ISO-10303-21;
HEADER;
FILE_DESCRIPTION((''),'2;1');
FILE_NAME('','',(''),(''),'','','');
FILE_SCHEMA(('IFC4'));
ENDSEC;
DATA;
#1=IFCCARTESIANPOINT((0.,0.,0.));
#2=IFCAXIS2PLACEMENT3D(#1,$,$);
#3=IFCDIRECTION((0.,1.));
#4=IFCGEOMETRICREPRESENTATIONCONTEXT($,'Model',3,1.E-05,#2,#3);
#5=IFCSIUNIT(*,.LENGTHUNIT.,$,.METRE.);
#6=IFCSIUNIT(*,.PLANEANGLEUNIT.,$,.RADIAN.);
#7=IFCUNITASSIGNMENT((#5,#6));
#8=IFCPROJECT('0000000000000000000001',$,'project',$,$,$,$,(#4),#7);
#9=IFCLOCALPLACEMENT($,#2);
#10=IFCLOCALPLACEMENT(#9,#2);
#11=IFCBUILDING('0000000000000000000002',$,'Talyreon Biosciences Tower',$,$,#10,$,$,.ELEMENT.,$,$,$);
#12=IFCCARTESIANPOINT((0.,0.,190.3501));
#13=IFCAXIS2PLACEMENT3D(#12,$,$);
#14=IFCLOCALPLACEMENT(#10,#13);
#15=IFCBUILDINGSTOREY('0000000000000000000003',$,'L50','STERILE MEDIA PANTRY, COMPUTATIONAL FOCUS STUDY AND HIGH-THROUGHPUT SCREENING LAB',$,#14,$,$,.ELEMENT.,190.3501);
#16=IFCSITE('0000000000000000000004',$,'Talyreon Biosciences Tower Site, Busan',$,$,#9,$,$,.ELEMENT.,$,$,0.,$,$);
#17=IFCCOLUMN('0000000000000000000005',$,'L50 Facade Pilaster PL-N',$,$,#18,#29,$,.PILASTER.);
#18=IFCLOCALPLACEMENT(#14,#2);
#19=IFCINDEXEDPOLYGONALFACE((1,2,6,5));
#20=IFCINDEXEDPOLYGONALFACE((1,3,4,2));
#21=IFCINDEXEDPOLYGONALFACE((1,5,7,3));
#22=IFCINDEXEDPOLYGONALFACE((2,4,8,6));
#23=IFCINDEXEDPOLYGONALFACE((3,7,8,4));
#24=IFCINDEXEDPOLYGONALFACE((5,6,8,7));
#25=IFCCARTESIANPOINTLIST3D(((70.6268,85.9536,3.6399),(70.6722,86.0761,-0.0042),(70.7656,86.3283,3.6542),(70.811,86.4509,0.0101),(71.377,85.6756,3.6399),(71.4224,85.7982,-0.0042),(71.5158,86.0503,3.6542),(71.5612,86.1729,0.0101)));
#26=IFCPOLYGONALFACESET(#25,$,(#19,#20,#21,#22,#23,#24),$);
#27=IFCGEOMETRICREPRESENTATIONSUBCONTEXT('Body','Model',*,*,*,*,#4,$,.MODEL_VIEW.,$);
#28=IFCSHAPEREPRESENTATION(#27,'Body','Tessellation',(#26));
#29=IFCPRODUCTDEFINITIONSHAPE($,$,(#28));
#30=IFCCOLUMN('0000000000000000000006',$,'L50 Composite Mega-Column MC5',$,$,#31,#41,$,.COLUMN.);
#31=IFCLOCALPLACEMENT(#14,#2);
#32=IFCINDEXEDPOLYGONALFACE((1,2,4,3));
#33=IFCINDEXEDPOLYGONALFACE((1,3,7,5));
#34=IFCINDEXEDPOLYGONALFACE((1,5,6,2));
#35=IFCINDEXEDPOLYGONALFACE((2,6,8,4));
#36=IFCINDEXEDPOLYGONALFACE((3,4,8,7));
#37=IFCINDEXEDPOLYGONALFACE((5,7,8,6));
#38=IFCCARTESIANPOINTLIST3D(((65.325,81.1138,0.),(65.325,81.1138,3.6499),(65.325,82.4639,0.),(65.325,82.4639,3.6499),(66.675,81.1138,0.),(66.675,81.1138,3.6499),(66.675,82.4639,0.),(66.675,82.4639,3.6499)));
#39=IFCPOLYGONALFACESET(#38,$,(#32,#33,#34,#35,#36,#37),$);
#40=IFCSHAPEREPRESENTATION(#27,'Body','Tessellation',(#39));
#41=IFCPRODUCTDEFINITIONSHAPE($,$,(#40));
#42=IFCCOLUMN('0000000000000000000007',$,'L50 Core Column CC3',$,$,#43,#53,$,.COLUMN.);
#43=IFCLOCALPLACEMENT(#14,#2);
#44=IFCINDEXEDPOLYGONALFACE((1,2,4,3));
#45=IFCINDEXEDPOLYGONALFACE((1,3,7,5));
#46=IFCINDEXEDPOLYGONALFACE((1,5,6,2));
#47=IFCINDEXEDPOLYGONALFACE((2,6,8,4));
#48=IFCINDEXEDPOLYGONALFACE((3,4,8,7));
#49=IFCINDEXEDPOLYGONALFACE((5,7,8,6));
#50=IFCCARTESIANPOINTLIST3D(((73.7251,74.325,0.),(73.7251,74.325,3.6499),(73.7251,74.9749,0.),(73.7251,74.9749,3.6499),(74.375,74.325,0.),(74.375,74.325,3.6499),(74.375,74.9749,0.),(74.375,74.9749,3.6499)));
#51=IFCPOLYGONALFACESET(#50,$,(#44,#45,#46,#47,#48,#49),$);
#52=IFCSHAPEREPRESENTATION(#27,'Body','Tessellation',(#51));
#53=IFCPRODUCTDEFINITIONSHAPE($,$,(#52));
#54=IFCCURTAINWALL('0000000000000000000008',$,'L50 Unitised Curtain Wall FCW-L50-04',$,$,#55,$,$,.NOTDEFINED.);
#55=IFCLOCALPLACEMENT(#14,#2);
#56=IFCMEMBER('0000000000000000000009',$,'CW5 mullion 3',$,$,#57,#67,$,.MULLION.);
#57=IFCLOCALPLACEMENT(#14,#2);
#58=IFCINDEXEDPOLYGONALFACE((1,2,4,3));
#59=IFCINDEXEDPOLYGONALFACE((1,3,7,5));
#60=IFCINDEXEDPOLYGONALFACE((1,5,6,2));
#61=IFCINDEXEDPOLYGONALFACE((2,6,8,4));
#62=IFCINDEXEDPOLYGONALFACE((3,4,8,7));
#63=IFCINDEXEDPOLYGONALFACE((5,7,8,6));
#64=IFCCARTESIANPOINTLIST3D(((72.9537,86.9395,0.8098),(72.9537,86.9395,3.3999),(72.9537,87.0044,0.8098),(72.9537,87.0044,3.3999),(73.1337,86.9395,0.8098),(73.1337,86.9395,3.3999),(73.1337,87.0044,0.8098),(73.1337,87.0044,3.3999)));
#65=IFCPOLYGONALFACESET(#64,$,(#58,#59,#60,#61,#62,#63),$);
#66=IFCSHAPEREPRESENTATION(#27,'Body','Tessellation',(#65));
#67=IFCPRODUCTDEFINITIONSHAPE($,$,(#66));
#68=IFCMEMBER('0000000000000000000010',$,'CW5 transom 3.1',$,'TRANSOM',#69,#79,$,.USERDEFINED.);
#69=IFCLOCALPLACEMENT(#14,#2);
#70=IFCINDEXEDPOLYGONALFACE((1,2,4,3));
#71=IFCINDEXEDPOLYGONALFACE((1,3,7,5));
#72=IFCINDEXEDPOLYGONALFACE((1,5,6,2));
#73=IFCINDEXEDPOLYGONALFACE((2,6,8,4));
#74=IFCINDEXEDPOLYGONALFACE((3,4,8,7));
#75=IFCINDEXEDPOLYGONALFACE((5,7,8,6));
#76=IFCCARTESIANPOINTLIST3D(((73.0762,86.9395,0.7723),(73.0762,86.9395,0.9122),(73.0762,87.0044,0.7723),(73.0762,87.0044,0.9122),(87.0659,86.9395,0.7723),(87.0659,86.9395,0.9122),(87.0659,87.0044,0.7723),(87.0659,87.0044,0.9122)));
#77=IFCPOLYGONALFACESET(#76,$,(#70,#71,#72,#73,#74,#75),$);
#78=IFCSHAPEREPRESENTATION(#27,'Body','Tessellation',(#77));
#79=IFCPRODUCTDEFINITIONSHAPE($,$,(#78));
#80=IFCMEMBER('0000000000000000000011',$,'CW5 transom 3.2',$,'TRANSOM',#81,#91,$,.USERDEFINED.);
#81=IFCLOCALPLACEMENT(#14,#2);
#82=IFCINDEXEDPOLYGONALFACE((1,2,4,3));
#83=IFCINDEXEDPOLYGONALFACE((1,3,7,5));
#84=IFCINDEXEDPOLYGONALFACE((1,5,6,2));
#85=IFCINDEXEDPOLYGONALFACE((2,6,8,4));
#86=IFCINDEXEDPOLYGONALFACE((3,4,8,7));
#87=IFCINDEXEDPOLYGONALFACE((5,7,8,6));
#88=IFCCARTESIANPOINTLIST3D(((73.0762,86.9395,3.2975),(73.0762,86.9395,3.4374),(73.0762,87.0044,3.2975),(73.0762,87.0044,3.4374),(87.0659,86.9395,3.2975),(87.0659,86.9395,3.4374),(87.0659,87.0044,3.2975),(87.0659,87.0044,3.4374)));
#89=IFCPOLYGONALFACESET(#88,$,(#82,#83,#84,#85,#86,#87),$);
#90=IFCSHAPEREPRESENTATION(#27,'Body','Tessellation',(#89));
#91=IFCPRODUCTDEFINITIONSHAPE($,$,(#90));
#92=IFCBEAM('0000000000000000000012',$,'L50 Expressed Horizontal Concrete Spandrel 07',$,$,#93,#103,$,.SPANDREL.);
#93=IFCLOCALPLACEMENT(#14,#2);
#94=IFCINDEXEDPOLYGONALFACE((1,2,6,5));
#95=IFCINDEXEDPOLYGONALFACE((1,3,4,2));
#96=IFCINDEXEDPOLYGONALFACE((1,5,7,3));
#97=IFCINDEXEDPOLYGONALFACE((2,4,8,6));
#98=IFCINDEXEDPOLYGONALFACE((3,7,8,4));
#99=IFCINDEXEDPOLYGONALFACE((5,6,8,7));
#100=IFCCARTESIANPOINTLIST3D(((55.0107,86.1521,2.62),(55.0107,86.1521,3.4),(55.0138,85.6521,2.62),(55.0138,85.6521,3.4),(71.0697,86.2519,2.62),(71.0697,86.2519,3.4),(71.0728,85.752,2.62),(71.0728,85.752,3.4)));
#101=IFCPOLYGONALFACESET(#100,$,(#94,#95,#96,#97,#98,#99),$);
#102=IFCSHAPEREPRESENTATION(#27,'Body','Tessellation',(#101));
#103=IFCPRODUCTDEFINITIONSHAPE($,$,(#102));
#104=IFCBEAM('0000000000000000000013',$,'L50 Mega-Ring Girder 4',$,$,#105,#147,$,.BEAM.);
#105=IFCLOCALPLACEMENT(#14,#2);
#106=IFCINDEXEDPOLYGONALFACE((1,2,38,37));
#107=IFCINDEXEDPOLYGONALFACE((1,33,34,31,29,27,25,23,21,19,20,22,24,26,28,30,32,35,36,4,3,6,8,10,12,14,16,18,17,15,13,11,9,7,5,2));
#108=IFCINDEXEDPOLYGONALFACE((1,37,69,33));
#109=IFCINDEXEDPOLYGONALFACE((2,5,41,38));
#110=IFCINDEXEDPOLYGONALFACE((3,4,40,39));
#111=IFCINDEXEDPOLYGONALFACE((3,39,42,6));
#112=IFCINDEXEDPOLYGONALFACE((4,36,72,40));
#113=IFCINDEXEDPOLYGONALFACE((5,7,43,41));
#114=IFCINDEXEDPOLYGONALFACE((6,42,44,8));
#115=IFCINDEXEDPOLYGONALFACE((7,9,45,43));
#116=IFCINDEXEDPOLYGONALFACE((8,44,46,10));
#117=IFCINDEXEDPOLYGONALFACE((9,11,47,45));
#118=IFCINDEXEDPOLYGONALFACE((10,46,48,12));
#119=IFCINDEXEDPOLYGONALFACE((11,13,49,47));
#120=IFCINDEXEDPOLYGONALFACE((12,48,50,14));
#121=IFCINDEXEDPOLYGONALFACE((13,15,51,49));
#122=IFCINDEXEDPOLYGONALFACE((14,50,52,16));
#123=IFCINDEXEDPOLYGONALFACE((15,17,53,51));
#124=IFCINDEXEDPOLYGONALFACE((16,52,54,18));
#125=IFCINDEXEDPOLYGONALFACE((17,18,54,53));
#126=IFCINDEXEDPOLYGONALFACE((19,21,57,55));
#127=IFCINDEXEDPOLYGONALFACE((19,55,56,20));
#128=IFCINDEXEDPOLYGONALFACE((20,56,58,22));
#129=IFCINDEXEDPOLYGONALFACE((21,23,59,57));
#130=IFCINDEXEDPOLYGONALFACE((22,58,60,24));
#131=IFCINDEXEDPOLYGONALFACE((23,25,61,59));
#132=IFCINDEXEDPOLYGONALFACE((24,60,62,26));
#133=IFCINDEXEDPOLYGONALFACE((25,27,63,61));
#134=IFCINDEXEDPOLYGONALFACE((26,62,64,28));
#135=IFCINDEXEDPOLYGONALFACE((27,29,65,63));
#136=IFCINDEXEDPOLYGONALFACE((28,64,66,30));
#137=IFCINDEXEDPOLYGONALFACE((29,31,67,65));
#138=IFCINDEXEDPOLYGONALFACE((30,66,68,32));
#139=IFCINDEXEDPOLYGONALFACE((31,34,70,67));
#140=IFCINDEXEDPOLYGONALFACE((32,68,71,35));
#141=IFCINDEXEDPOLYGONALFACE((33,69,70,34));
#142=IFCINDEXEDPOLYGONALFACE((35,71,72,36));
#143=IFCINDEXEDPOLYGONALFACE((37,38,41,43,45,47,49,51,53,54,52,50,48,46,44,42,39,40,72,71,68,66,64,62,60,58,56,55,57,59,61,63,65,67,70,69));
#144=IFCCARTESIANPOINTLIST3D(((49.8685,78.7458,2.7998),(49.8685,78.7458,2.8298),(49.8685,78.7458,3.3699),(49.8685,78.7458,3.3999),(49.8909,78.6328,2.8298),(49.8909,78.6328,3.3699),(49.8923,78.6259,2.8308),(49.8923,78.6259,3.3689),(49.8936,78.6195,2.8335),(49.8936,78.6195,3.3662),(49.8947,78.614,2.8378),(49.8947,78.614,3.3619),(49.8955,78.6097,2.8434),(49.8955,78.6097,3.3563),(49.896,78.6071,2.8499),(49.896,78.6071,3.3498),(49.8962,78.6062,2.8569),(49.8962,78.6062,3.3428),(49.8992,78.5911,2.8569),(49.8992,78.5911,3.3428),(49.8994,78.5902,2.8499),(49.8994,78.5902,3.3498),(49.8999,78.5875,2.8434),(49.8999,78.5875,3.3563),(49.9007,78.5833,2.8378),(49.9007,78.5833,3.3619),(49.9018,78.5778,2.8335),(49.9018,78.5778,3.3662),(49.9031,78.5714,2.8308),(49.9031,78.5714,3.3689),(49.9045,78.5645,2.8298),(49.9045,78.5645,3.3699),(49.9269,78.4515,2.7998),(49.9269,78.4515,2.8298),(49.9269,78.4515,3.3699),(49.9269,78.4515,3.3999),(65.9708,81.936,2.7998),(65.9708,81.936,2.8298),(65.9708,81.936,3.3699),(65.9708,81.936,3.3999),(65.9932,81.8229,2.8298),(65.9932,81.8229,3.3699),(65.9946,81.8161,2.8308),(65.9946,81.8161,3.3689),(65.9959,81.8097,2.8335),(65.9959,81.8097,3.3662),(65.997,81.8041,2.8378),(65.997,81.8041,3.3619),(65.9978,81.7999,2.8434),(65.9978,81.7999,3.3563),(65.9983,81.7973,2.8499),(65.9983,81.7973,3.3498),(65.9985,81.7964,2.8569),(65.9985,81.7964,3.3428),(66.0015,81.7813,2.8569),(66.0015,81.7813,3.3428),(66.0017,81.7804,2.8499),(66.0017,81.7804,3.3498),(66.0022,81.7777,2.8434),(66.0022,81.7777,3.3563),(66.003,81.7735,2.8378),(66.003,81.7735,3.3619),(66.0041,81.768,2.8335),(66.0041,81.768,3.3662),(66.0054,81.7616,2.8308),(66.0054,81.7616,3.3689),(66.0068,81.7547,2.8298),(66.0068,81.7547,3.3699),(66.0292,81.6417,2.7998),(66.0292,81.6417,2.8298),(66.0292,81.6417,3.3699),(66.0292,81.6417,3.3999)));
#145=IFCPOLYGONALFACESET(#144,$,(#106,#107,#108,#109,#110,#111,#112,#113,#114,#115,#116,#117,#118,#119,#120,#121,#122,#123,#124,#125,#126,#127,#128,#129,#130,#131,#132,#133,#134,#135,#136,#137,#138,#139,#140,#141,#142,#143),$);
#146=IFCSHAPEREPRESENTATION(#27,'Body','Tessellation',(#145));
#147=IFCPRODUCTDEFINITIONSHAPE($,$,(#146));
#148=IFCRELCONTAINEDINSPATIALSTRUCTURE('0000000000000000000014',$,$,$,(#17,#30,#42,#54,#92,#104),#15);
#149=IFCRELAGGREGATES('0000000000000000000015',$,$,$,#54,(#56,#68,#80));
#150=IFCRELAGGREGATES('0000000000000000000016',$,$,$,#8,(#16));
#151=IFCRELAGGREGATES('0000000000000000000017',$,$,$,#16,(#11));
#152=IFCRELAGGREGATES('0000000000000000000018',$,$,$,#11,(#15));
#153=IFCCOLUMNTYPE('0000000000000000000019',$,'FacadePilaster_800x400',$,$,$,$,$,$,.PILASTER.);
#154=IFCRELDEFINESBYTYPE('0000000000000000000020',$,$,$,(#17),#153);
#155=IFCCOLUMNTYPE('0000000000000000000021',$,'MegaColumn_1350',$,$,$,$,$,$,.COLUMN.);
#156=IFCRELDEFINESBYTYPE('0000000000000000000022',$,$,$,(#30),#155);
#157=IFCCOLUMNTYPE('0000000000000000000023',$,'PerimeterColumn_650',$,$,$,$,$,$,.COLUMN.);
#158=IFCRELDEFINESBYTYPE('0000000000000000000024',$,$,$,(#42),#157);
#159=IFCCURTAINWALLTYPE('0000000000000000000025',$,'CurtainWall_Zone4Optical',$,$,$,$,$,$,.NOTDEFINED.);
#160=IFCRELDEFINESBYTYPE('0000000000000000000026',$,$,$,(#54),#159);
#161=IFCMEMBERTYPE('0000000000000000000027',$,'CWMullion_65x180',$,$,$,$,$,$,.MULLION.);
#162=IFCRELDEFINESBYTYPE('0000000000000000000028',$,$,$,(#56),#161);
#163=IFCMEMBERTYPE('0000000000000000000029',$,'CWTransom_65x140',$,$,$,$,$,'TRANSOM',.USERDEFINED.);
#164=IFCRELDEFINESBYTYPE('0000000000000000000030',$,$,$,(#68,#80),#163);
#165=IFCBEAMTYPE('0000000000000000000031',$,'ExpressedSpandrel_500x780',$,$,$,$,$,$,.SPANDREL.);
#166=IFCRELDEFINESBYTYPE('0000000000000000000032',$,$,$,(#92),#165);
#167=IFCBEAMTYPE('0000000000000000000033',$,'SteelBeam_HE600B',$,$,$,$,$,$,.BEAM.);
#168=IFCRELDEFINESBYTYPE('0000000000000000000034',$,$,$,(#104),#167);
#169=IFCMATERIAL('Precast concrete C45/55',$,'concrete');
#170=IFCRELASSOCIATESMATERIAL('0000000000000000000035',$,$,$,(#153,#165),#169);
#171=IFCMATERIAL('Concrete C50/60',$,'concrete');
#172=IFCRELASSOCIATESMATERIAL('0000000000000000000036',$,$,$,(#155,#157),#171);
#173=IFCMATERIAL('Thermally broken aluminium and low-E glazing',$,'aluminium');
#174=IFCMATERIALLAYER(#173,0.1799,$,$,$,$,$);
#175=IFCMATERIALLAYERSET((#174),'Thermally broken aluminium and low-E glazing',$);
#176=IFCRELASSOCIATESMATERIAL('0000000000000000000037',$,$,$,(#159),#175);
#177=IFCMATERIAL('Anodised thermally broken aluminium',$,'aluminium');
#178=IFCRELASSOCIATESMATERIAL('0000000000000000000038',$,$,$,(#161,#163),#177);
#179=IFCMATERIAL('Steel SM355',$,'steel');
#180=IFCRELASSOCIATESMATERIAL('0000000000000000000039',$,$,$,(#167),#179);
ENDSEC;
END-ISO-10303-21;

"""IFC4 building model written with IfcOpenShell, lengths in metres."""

from ifc_helpers import new_model, si_unit, direction, frame, origin, origin_2d, place, context, subcontext, project, spatial, rectangle, i_section, extrude, material, layer, layer_set, material_profile, profile_set, type_object, element, aggregate, save


model = new_model("IFC4")

# Units and contexts
model_context = context("Model", 3, precision=1e-05, world=origin(), true_north=direction((0.0, 1.0)))
body_context = subcontext(model_context, "Body", "Model", "MODEL_VIEW")
ifc_project = project(units=[si_unit("LENGTHUNIT", "METRE"), si_unit("PLANEANGLEUNIT", "RADIAN")], contexts=[model_context])

# Site, building, storey
site_placement = place(None, origin())
site = spatial("IfcSite", under=ifc_project, at=site_placement, Name="Talyreon Biosciences Tower Site, Busan", CompositionType="ELEMENT", RefElevation=0.0)
building_placement = place(site_placement, origin())
building = spatial("IfcBuilding", under=site, at=building_placement, Name="Talyreon Biosciences Tower", CompositionType="ELEMENT")
storey_placement = place(building_placement, frame((0.0, 0.0, 190.3501)))
storey = spatial("IfcBuildingStorey", under=building, at=storey_placement, Name="L50", Description="STERILE MEDIA PANTRY, COMPUTATIONAL FOCUS STUDY AND HIGH-THROUGHPUT SCREENING LAB", CompositionType="ELEMENT", Elevation=190.3501)

# Columns
ifc_material_1 = material(Name="Precast concrete C45/55", Category="concrete")
ifc_material_profile_1 = material_profile(ifc_material_1, rectangle(XDim=0.8, YDim=0.3999, at=origin_2d()), Name="RC 800x400")
ifc_profile_set_1 = profile_set([ifc_material_profile_1], Name="Precast concrete C45/55")
column_type_1 = type_object("IfcColumnType", Name="FacadePilaster_800x400", PredefinedType="PILASTER", material=ifc_profile_set_1)
column_1_placement = place(storey_placement, frame((71.1167, 86.1245, 0.0029), z_axis=(-0.012453, -0.033611, 0.999357), x_axis=(-0.937704, 0.347436, 0.0)))
element("IfcColumn", 1, at=column_1_placement, inside=storey, type_object=column_type_1, Name="L50 Facade Pilaster PL-N", PredefinedType="PILASTER", context=body_context, shape_type="SweptSolid", body=[
    extrude(rectangle(XDim=0.8, YDim=0.3999, at=origin_2d()), origin(), (0.0, 0.0, 1.0), 3.6465),
])
ifc_material_2 = material(Name="Concrete C50/60", Category="concrete")
ifc_material_profile_2 = material_profile(ifc_material_2, rectangle(XDim=1.3501, YDim=1.3501, at=origin_2d()), Name="RC 1350x1350")
ifc_profile_set_2 = profile_set([ifc_material_profile_2], Name="Concrete C50/60")
column_type_2 = type_object("IfcColumnType", Name="MegaColumn_1350", PredefinedType="COLUMN", material=ifc_profile_set_2)
column_2_placement = place(storey_placement, frame((66.0, 81.7888, 0.0), z_axis=(0.0, 0.0, 1.0), x_axis=(1.0, 0.0, 0.0)))
element("IfcColumn", 2, at=column_2_placement, inside=storey, type_object=column_type_2, Name="L50 Composite Mega-Column MC5", PredefinedType="COLUMN", context=body_context, shape_type="SweptSolid", body=[
    extrude(rectangle(XDim=1.3501, YDim=1.3501, at=origin_2d()), origin(), (0.0, 0.0, 1.0), 3.6499),
])
ifc_material_profile_3 = material_profile(ifc_material_2, rectangle(XDim=0.6499, YDim=0.6499, at=origin_2d()), Name="RC 650x650")
ifc_profile_set_3 = profile_set([ifc_material_profile_3], Name="Concrete C50/60")
column_type_3 = type_object("IfcColumnType", Name="PerimeterColumn_650", PredefinedType="COLUMN", material=ifc_profile_set_3)
column_3_placement = place(storey_placement, frame((74.05, 74.6499, 0.0), z_axis=(0.0, 0.0, 1.0), x_axis=(1.0, 0.0, 0.0)))
element("IfcColumn", 3, at=column_3_placement, inside=storey, type_object=column_type_3, Name="L50 Core Column CC3", PredefinedType="COLUMN", context=body_context, shape_type="SweptSolid", body=[
    extrude(rectangle(XDim=0.6499, YDim=0.6499, at=origin_2d()), origin(), (0.0, 0.0, 1.0), 3.6499),
])

# Curtain wall, members
ifc_material_3 = material(Name="Thermally broken aluminium and low-E glazing", Category="aluminium")
ifc_layer_1 = layer(ifc_material_3, 0.1799)
ifc_layer_set_1 = layer_set([ifc_layer_1], Name="Thermally broken aluminium and low-E glazing")
curtain_wall_type = type_object("IfcCurtainWallType", Name="CurtainWall_Zone4Optical", PredefinedType="NOTDEFINED", material=ifc_layer_set_1)
curtain_wall_placement = place(storey_placement, origin())
curtain_wall = element("IfcCurtainWall", 4, at=curtain_wall_placement, inside=storey, type_object=curtain_wall_type, Name="L50 Unitised Curtain Wall FCW-L50-04", PredefinedType="NOTDEFINED")
ifc_material_4 = material(Name="Anodised thermally broken aluminium", Category="aluminium")
ifc_material_profile_4 = material_profile(ifc_material_4, rectangle(XDim=0.0649, YDim=0.1799, at=origin_2d()), Name="ALUM MULLION 65x180")
ifc_profile_set_4 = profile_set([ifc_material_profile_4], Name="Anodised thermally broken aluminium")
member_type_1 = type_object("IfcMemberType", Name="CWMullion_65x180", PredefinedType="MULLION", material=ifc_profile_set_4)
member_1_placement = place(storey_placement, frame((73.0437, 86.9719, 0.8098), z_axis=(0.0, 0.0, 1.0), x_axis=(0.0, 1.0, 0.0)))
member_1 = element("IfcMember", 5, at=member_1_placement, type_object=member_type_1, Name="CW5 mullion 3", PredefinedType="MULLION", context=body_context, shape_type="SweptSolid", body=[
    extrude(rectangle(XDim=0.0649, YDim=0.1799, at=origin_2d()), origin(), (0.0, 0.0, 1.0), 2.5901),
])
ifc_material_profile_5 = material_profile(ifc_material_4, rectangle(XDim=0.0649, YDim=0.1399, at=origin_2d()), Name="ALUM TRANSOM 65x140")
ifc_profile_set_5 = profile_set([ifc_material_profile_5], Name="Anodised thermally broken aluminium")
member_type_2 = type_object("IfcMemberType", Name="CWTransom_65x140", ElementType="TRANSOM", PredefinedType="USERDEFINED", material=ifc_profile_set_5)
member_2_placement = place(storey_placement, frame((73.0762, 86.9719, 0.8423), z_axis=(1.0, 0.0, 0.0), x_axis=(0.0, 1.0, 0.0)))
member_2 = element("IfcMember", 6, at=member_2_placement, type_object=member_type_2, Name="CW5 transom 3.1", ObjectType="TRANSOM", PredefinedType="USERDEFINED", context=body_context, shape_type="SweptSolid", body=[
    extrude(rectangle(XDim=0.0649, YDim=0.1399, at=origin_2d()), origin(), (0.0, 0.0, 1.0), 13.9897),
])
member_3_placement = place(storey_placement, frame((73.0762, 86.9719, 3.3674), z_axis=(1.0, 0.0, 0.0), x_axis=(0.0, 1.0, 0.0)))
member_3 = element("IfcMember", 7, at=member_3_placement, type_object=member_type_2, Name="CW5 transom 3.2", ObjectType="TRANSOM", PredefinedType="USERDEFINED", context=body_context, shape_type="SweptSolid", body=[
    extrude(rectangle(XDim=0.0649, YDim=0.1399, at=origin_2d()), origin(), (0.0, 0.0, 1.0), 13.9897),
])

# Beams
ifc_material_profile_6 = material_profile(ifc_material_1, rectangle(XDim=0.5, YDim=0.78, at=origin_2d()), Name="RCB 500x780")
ifc_profile_set_6 = profile_set([ifc_material_profile_6], Name="Precast concrete C45/55")
beam_type_1 = type_object("IfcBeamType", Name="ExpressedSpandrel_500x780", PredefinedType="SPANDREL", material=ifc_profile_set_6)
beam_1_placement = place(storey_placement, frame((71.0713, 86.002, 3.01), z_axis=(-0.999981, -0.006218, 0.0), x_axis=(0.006218, -0.999981, 0.0)))
element("IfcBeam", 8, at=beam_1_placement, inside=storey, type_object=beam_type_1, Name="L50 Expressed Horizontal Concrete Spandrel 07", PredefinedType="SPANDREL", context=body_context, shape_type="SweptSolid", body=[
    extrude(rectangle(XDim=0.5, YDim=0.78, at=origin_2d()), origin(), (0.0, 0.0, 1.0), 16.0593),
])
ifc_material_5 = material(Name="Steel SM355", Category="steel")
ifc_material_profile_7 = material_profile(ifc_material_5, i_section(OverallWidth=0.3, OverallDepth=0.6001, WebThickness=0.0154, FlangeThickness=0.03, FilletRadius=0.0271, at=origin_2d()), Name="HE600B")
ifc_profile_set_7 = profile_set([ifc_material_profile_7], Name="Steel SM355")
beam_type_2 = type_object("IfcBeamType", Name="SteelBeam_HE600B", PredefinedType="BEAM", material=ifc_profile_set_7)
beam_2_placement = place(storey_placement, frame((66.0, 81.7888, 3.0999), z_axis=(-0.980934, -0.194343, 0.0), x_axis=(0.194343, -0.980934, 0.0)))
element("IfcBeam", 9, at=beam_2_placement, inside=storey, type_object=beam_type_2, Name="L50 Mega-Ring Girder 4", PredefinedType="BEAM", context=body_context, shape_type="SweptSolid", body=[
    extrude(i_section(OverallWidth=0.3, OverallDepth=0.6001, WebThickness=0.0154, FlangeThickness=0.03, FilletRadius=0.0271, at=origin_2d()), origin(), (0.0, 0.0, 1.0), 16.4153),
])

aggregate(curtain_wall, [member_1, member_2, member_3])

save(model, "model.ifc")
